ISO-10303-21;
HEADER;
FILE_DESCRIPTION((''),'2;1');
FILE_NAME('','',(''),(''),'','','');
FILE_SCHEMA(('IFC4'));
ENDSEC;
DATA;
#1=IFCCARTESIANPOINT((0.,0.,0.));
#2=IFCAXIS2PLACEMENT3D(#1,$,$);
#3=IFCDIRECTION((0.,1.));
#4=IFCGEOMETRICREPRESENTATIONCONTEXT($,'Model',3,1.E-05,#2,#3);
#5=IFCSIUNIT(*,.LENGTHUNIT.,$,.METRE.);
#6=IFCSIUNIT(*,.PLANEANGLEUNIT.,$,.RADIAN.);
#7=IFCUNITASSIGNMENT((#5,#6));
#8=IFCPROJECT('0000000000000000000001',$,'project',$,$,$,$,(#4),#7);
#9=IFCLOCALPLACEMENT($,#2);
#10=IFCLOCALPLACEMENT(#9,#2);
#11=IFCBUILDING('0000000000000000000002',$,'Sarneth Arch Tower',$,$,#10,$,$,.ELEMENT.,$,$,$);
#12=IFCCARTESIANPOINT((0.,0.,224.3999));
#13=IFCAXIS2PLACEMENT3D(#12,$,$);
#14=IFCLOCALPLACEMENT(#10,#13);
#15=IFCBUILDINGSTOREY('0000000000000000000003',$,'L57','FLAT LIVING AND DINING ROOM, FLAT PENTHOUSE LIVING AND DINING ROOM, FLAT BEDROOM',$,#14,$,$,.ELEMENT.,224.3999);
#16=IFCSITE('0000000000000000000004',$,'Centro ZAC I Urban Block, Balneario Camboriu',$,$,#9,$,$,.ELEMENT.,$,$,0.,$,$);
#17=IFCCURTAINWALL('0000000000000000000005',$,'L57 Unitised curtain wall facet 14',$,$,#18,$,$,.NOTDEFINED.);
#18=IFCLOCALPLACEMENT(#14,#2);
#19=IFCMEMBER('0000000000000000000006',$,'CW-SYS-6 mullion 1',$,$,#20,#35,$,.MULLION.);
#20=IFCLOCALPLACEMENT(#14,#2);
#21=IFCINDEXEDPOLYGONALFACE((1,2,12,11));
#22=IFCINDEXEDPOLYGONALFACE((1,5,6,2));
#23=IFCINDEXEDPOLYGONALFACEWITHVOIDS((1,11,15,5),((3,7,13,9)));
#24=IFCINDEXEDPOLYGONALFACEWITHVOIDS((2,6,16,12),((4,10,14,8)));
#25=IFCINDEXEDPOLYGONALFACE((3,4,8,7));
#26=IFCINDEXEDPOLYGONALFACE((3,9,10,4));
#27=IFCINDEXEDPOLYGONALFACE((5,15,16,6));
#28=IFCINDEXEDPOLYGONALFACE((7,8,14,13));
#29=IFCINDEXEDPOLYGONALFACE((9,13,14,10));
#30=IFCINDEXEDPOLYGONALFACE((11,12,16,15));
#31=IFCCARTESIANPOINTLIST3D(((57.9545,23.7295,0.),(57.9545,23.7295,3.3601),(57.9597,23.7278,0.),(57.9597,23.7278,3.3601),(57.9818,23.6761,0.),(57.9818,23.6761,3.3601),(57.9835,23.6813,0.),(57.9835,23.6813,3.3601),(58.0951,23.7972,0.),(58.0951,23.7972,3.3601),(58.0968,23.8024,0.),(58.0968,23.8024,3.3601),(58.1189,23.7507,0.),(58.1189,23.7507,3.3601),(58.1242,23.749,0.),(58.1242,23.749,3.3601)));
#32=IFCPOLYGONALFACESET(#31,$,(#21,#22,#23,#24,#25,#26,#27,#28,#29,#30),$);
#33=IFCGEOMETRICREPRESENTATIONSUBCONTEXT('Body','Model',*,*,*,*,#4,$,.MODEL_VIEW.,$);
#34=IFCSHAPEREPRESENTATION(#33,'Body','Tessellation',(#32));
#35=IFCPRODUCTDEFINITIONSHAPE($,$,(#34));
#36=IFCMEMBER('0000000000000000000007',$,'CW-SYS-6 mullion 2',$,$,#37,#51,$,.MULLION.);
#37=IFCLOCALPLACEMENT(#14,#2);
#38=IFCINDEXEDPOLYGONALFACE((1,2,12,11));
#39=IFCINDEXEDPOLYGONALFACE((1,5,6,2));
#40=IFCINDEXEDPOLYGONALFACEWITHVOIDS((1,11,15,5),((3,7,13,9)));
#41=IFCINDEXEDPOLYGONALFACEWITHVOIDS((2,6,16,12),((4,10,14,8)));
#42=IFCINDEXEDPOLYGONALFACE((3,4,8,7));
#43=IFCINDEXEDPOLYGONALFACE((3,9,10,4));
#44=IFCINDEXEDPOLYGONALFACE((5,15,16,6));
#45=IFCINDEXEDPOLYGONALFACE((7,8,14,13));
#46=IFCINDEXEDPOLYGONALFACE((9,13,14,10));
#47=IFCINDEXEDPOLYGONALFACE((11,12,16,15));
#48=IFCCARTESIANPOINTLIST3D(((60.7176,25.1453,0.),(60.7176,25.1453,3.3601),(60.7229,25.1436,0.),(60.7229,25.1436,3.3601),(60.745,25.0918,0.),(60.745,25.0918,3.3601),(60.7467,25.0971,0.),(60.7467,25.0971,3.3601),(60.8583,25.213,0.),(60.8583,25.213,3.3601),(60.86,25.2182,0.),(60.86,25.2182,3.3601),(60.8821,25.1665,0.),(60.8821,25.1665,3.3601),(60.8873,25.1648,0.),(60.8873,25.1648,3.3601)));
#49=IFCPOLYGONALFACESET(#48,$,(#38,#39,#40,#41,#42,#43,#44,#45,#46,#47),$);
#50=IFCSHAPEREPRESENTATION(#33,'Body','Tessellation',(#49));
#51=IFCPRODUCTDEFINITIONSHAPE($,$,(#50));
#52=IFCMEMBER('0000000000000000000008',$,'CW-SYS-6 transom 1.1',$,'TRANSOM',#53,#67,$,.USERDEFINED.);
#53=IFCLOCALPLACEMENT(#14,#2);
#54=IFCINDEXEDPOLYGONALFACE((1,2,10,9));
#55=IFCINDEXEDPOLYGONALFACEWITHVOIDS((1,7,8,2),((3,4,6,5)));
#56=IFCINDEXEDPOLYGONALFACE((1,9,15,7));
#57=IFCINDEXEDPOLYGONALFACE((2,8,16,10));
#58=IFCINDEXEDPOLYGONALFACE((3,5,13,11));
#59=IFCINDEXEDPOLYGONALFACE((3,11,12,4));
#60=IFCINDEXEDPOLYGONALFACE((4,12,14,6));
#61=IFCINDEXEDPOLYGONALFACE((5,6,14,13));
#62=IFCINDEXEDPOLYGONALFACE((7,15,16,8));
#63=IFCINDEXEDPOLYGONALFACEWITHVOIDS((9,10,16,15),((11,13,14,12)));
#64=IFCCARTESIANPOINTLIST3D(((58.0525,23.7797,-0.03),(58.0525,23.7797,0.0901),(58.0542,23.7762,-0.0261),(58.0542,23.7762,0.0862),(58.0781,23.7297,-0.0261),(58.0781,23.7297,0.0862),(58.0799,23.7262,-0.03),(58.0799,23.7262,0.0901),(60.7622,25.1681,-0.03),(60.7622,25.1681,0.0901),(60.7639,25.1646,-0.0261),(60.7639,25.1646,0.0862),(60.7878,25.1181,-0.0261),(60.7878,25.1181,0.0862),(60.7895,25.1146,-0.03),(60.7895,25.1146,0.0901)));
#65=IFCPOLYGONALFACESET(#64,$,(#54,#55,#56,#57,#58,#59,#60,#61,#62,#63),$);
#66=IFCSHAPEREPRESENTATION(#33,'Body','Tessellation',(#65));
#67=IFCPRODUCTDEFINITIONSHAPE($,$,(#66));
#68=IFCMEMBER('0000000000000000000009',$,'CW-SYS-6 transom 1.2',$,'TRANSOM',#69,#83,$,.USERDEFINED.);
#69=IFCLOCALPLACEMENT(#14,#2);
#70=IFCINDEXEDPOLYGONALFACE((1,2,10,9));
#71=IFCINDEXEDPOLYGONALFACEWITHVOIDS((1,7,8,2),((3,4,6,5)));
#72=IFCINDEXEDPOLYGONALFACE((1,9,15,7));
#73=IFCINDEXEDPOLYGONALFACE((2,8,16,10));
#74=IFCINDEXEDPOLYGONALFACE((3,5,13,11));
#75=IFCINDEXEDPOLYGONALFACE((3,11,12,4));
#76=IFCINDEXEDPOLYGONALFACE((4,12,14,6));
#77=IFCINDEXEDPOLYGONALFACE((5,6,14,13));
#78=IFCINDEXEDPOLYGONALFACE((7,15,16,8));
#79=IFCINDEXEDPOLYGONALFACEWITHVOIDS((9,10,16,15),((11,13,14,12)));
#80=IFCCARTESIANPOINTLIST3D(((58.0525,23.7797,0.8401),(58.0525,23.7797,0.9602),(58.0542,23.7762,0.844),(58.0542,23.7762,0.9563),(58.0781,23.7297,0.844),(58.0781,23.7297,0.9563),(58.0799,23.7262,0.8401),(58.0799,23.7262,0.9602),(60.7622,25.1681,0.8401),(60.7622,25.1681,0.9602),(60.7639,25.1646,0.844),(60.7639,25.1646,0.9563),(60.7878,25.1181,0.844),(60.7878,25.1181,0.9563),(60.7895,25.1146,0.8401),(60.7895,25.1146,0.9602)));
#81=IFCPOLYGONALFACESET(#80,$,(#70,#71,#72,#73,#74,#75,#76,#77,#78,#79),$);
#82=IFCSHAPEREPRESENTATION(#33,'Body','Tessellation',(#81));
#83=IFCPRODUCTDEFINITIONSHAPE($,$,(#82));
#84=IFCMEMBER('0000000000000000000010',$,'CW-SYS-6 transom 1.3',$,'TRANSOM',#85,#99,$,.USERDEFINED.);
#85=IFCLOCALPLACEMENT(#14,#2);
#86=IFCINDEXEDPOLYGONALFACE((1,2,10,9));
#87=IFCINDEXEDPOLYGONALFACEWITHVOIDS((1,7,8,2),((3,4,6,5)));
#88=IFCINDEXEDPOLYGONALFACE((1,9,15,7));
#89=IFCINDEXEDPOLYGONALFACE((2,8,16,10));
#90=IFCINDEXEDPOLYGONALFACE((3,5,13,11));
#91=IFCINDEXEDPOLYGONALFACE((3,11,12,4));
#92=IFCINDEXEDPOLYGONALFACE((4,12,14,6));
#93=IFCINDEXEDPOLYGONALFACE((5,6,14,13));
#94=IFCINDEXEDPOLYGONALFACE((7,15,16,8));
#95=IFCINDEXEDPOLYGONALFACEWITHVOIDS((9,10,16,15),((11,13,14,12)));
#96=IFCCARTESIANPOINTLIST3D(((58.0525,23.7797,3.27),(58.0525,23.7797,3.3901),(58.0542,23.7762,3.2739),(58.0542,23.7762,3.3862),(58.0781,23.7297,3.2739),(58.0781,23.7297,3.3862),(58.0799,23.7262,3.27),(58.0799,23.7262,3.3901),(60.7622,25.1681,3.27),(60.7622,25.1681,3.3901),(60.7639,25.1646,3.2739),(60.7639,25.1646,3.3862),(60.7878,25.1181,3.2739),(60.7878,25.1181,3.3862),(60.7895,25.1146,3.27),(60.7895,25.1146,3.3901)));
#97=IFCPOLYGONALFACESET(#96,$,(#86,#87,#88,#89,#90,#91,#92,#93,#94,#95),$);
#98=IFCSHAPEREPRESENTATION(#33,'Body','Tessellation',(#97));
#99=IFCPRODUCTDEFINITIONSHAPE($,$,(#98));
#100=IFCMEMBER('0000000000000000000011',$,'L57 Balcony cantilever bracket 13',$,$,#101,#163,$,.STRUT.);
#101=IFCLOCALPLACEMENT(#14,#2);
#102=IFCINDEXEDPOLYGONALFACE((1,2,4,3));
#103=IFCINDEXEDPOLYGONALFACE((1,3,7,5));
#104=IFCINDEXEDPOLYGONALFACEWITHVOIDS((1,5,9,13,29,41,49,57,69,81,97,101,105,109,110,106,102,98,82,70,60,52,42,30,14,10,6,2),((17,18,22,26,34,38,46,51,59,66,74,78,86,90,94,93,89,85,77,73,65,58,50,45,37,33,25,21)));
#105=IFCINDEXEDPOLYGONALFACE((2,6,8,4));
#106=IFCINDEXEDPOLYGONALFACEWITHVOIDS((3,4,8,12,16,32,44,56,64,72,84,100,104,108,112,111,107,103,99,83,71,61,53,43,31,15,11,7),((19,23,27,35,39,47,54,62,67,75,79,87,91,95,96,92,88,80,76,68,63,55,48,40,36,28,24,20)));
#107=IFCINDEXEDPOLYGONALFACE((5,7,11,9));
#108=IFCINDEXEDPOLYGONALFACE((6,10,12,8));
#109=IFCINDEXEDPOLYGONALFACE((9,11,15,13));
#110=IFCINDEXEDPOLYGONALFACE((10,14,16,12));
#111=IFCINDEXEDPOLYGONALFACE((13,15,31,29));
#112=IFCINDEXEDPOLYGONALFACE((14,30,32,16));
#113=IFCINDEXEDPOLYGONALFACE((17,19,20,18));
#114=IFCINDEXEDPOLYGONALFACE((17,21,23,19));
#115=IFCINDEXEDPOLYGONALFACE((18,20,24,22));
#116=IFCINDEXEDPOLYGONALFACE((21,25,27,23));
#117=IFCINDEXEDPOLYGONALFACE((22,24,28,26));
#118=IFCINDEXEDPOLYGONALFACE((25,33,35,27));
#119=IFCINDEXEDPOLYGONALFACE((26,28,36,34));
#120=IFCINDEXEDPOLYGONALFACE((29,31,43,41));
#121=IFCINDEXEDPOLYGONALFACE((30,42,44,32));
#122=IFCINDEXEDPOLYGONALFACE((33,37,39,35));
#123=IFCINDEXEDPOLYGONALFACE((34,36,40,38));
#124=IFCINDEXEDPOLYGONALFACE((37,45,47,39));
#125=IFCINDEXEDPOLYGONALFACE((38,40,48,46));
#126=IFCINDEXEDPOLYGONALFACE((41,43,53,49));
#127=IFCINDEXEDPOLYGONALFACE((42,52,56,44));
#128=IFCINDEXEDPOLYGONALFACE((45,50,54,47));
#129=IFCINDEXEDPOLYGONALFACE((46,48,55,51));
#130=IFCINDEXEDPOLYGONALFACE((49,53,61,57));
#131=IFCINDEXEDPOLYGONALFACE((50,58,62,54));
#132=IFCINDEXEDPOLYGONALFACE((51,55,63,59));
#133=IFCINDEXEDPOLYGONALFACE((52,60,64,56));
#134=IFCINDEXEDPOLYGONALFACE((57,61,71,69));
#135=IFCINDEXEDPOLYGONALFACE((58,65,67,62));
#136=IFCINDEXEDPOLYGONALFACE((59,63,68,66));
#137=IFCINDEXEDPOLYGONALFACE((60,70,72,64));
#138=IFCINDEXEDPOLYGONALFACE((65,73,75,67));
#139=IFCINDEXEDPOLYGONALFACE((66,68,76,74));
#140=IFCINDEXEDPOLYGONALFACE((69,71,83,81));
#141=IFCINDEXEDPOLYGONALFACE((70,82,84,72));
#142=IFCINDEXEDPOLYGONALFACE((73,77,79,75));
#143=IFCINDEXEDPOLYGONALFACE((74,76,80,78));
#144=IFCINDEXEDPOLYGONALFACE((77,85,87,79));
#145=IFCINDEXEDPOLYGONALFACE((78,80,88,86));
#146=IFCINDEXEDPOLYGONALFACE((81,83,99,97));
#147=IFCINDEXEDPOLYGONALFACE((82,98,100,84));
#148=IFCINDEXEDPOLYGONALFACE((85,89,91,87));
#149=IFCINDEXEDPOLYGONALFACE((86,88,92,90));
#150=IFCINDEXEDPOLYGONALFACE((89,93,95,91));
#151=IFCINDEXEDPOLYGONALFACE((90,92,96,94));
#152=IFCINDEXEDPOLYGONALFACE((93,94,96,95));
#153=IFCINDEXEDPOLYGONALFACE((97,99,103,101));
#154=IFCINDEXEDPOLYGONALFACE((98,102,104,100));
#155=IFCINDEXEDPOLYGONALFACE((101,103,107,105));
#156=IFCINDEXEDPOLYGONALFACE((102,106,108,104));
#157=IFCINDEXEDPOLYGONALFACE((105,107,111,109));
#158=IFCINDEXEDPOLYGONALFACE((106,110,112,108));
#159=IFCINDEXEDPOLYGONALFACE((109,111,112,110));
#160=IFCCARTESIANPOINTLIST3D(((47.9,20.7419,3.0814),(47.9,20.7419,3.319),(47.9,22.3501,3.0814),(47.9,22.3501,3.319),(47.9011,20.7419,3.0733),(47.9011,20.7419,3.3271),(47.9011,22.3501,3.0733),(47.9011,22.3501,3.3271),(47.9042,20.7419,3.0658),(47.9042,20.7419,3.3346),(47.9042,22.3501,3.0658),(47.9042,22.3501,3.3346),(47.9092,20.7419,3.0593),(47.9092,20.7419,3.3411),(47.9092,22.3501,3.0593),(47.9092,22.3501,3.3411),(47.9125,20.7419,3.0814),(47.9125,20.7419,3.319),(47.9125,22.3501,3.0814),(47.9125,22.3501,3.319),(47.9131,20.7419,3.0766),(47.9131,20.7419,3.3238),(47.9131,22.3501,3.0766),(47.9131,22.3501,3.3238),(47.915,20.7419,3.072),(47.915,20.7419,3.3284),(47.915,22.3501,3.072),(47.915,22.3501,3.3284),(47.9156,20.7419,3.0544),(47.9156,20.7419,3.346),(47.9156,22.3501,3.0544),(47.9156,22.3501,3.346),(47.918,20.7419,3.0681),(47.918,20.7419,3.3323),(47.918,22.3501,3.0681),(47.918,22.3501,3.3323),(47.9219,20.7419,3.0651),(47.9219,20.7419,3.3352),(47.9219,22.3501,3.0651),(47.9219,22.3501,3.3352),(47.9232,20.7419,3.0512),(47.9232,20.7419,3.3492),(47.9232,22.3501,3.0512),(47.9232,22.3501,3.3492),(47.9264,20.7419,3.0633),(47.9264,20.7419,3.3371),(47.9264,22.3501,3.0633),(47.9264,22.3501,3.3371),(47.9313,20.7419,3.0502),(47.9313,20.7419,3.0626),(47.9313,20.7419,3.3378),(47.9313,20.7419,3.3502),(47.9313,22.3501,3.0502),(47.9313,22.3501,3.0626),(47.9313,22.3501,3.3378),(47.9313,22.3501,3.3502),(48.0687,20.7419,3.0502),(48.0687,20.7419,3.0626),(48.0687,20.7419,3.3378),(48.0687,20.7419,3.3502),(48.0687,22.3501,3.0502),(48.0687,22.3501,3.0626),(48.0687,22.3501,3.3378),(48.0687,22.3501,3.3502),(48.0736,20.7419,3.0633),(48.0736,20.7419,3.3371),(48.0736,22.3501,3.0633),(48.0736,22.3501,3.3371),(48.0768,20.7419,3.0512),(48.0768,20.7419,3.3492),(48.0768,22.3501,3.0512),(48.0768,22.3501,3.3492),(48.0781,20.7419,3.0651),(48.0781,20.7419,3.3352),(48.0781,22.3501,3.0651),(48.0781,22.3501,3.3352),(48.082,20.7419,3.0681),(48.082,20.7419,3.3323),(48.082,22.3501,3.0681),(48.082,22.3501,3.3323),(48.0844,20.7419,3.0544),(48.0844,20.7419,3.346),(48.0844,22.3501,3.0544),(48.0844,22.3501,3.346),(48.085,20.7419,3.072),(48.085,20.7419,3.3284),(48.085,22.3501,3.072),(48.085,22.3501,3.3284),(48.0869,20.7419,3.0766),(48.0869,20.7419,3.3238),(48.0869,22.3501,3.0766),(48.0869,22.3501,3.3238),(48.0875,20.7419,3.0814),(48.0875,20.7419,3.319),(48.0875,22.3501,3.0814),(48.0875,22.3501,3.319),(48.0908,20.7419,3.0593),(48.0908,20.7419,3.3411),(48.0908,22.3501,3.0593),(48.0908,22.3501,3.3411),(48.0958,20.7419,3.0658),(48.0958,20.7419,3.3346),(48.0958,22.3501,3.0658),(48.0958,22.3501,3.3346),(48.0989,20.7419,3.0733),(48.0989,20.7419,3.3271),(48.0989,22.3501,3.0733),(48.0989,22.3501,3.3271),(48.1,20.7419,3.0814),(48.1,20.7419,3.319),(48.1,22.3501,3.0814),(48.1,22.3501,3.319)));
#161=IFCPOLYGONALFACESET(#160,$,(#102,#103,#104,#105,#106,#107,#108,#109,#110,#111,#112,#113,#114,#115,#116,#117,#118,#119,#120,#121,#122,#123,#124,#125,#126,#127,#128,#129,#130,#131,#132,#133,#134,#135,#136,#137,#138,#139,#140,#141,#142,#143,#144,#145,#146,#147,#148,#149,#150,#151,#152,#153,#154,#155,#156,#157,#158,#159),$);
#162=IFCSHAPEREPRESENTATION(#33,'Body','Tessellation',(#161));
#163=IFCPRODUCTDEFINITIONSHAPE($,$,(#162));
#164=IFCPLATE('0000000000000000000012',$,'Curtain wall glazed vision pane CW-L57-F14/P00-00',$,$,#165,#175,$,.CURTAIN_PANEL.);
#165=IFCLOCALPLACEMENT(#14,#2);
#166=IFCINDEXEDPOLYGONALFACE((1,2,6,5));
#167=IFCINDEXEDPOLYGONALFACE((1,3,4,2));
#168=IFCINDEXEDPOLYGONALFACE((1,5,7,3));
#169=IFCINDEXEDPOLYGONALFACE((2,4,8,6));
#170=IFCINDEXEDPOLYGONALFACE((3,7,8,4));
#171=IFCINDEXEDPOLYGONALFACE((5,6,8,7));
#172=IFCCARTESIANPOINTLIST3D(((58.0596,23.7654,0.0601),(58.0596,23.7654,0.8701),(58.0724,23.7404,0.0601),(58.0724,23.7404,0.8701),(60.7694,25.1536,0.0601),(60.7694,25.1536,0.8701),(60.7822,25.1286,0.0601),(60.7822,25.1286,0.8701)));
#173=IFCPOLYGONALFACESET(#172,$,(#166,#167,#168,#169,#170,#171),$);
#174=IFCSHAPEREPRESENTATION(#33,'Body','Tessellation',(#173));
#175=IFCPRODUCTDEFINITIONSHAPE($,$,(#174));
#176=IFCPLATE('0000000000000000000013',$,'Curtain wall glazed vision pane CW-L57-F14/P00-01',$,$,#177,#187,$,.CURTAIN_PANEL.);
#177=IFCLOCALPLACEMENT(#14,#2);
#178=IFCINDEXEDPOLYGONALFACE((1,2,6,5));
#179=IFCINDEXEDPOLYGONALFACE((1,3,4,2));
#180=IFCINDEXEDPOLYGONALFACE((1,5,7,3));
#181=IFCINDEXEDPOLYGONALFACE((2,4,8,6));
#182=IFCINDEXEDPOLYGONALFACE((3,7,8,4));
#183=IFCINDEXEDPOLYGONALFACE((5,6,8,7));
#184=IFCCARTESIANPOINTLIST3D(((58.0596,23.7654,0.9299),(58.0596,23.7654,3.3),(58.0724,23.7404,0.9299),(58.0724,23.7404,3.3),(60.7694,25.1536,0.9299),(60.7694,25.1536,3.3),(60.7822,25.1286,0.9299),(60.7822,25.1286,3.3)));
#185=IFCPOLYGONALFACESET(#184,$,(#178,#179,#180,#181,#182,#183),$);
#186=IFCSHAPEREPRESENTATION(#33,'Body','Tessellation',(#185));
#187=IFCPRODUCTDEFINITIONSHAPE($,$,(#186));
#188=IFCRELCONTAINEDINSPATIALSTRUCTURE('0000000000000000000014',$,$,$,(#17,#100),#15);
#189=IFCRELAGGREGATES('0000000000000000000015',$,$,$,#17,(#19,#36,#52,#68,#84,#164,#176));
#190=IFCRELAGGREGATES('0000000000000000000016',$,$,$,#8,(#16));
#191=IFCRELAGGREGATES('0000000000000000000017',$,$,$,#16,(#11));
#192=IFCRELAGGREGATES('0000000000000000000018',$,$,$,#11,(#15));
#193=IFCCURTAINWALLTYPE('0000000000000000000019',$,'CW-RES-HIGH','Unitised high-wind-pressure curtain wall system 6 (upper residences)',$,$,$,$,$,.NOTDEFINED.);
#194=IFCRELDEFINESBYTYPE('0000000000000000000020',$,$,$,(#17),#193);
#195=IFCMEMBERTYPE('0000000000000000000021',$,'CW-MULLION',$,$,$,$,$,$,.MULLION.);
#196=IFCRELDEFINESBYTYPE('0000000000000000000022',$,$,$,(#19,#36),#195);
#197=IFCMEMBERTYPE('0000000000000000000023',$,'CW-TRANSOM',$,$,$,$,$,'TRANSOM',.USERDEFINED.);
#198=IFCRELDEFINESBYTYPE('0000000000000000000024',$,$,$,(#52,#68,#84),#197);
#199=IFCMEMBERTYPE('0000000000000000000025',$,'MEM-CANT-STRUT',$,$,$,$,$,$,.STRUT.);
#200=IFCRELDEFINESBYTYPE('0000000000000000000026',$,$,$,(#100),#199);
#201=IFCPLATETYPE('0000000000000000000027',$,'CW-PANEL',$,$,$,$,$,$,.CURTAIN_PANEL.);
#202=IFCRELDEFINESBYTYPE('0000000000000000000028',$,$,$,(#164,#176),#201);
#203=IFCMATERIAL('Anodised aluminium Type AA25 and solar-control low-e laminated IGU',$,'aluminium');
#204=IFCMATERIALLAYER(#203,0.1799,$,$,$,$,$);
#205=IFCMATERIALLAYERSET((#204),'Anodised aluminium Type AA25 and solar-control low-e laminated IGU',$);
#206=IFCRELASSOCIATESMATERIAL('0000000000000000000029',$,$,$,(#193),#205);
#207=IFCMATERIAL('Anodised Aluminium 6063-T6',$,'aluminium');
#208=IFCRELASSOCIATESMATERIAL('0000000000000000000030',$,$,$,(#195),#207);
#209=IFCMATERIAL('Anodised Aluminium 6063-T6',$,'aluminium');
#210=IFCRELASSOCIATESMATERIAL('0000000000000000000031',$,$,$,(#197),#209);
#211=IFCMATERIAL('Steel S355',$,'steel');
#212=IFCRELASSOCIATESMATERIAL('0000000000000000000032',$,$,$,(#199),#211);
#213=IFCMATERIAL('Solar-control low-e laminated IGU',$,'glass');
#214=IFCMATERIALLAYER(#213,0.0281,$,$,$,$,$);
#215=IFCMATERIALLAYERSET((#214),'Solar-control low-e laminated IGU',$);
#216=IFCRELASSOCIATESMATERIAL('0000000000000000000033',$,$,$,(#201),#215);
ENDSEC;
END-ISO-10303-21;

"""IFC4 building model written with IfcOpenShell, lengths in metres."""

from ifc_helpers import new_model, si_unit, direction, frame, origin, origin_2d, place, context, subcontext, project, spatial, rectangle, hollow_rectangle, extrude, material, layer, layer_set, material_profile, profile_set, type_object, element, aggregate, save


model = new_model("IFC4")

# Units and contexts
model_context = context("Model", 3, precision=1e-05, world=origin(), true_north=direction((0.0, 1.0)))
body_context = subcontext(model_context, "Body", "Model", "MODEL_VIEW")
ifc_project = project(units=[si_unit("LENGTHUNIT", "METRE"), si_unit("PLANEANGLEUNIT", "RADIAN")], contexts=[model_context])

# Site, building, storey
site_placement = place(None, origin())
site = spatial("IfcSite", under=ifc_project, at=site_placement, Name="Centro ZAC I Urban Block, Balneario Camboriu", CompositionType="ELEMENT", RefElevation=0.0)
building_placement = place(site_placement, origin())
building = spatial("IfcBuilding", under=site, at=building_placement, Name="Sarneth Arch Tower", CompositionType="ELEMENT")
storey_placement = place(building_placement, frame((0.0, 0.0, 224.3999)))
storey = spatial("IfcBuildingStorey", under=building, at=storey_placement, Name="L57", Description="FLAT LIVING AND DINING ROOM, FLAT PENTHOUSE LIVING AND DINING ROOM, FLAT BEDROOM", CompositionType="ELEMENT", Elevation=224.3999)

# Curtain wall, members
ifc_material_1 = material(Name="Anodised aluminium Type AA25 and solar-control low-e laminated IGU", Category="aluminium")
ifc_layer_1 = layer(ifc_material_1, 0.1799)
ifc_layer_set_1 = layer_set([ifc_layer_1], Name="Anodised aluminium Type AA25 and solar-control low-e laminated IGU")
curtain_wall_type = type_object("IfcCurtainWallType", Name="CW-RES-HIGH", Description="Unitised high-wind-pressure curtain wall system 6 (upper residences)", PredefinedType="NOTDEFINED", material=ifc_layer_set_1)
curtain_wall_placement = place(storey_placement, origin())
curtain_wall = element("IfcCurtainWall", 1, at=curtain_wall_placement, inside=storey, type_object=curtain_wall_type, Name="L57 Unitised curtain wall facet 14", PredefinedType="NOTDEFINED")
ifc_material_2 = material(Name="Anodised Aluminium 6063-T6", Category="aluminium")
ifc_material_profile_1 = material_profile(ifc_material_2, hollow_rectangle(XDim=0.0601, YDim=0.1599, WallThickness=0.0039, at=origin_2d()), Name="AL-MULL-160x60x4")
ifc_profile_set_1 = profile_set([ifc_material_profile_1], Name="Anodised Aluminium 6063-T6")
member_type_1 = type_object("IfcMemberType", Name="CW-MULLION", PredefinedType="MULLION", material=ifc_profile_set_1)
member_1_placement = place(storey_placement, frame((58.0393, 23.7393, 0.0), z_axis=(0.0, 0.0, 1.0), x_axis=(-0.455942, 0.89001, 0.0)))
member_1 = element("IfcMember", 2, at=member_1_placement, type_object=member_type_1, Name="CW-SYS-6 mullion 1", PredefinedType="MULLION", context=body_context, shape_type="SweptSolid", body=[
    extrude(hollow_rectangle(XDim=0.0601, YDim=0.1599, WallThickness=0.0039, at=origin_2d()), origin(), (0.0, 0.0, 1.0), 3.3601),
])
member_2_placement = place(storey_placement, frame((60.8025, 25.155, 0.0), z_axis=(0.0, 0.0, 1.0), x_axis=(-0.455942, 0.89001, 0.0)))
member_2 = element("IfcMember", 3, at=member_2_placement, type_object=member_type_1, Name="CW-SYS-6 mullion 2", PredefinedType="MULLION", context=body_context, shape_type="SweptSolid", body=[
    extrude(hollow_rectangle(XDim=0.0601, YDim=0.1599, WallThickness=0.0039, at=origin_2d()), origin(), (0.0, 0.0, 1.0), 3.3601),
])
ifc_material_3 = material(Name="Anodised Aluminium 6063-T6", Category="aluminium")
ifc_material_profile_2 = material_profile(ifc_material_3, hollow_rectangle(XDim=0.0601, YDim=0.1201, WallThickness=0.0039, at=origin_2d()), Name="AL-TRAN-120x60x4")
ifc_profile_set_2 = profile_set([ifc_material_profile_2], Name="Anodised Aluminium 6063-T6")
member_type_2 = type_object("IfcMemberType", Name="CW-TRANSOM", ElementType="TRANSOM", PredefinedType="USERDEFINED", material=ifc_profile_set_2)
member_3_placement = place(storey_placement, frame((58.0662, 23.7529, 0.03), z_axis=(0.889974, 0.456012, 0.0), x_axis=(-0.456012, 0.889974, 0.0)))
member_3 = element("IfcMember", 4, at=member_3_placement, type_object=member_type_2, Name="CW-SYS-6 transom 1.1", ObjectType="TRANSOM", PredefinedType="USERDEFINED", context=body_context, shape_type="SweptSolid", body=[
    extrude(hollow_rectangle(XDim=0.0601, YDim=0.1201, WallThickness=0.0039, at=origin_2d()), origin(), (0.0, 0.0, 1.0), 3.0447),
])
member_4_placement = place(storey_placement, frame((58.0662, 23.7529, 0.9001), z_axis=(0.889974, 0.456012, 0.0), x_axis=(-0.456012, 0.889974, 0.0)))
member_4 = element("IfcMember", 5, at=member_4_placement, type_object=member_type_2, Name="CW-SYS-6 transom 1.2", ObjectType="TRANSOM", PredefinedType="USERDEFINED", context=body_context, shape_type="SweptSolid", body=[
    extrude(hollow_rectangle(XDim=0.0601, YDim=0.1201, WallThickness=0.0039, at=origin_2d()), origin(), (0.0, 0.0, 1.0), 3.0447),
])
member_5_placement = place(storey_placement, frame((58.0662, 23.7529, 3.3301), z_axis=(0.889974, 0.456012, 0.0), x_axis=(-0.456012, 0.889974, 0.0)))
member_5 = element("IfcMember", 6, at=member_5_placement, type_object=member_type_2, Name="CW-SYS-6 transom 1.3", ObjectType="TRANSOM", PredefinedType="USERDEFINED", context=body_context, shape_type="SweptSolid", body=[
    extrude(hollow_rectangle(XDim=0.0601, YDim=0.1201, WallThickness=0.0039, at=origin_2d()), origin(), (0.0, 0.0, 1.0), 3.0447),
])

# Member
ifc_material_4 = material(Name="Steel S355", Category="steel")
ifc_material_profile_3 = material_profile(ifc_material_4, hollow_rectangle(XDim=0.2, YDim=0.3, WallThickness=0.0125, InnerFilletRadius=0.0188, OuterFilletRadius=0.0312, at=origin_2d()), Name="RHS300x200x12.5")
ifc_profile_set_3 = profile_set([ifc_material_profile_3], Name="Steel S355")
member_type_3 = type_object("IfcMemberType", Name="MEM-CANT-STRUT", PredefinedType="STRUT", material=ifc_profile_set_3)
member_6_placement = place(storey_placement, frame((48.0, 22.3501, 3.2002), z_axis=(0.0, -1.0, 0.0), x_axis=(1.0, 0.0, 0.0)))
element("IfcMember", 7, at=member_6_placement, inside=storey, type_object=member_type_3, Name="L57 Balcony cantilever bracket 13", PredefinedType="STRUT", context=body_context, shape_type="SweptSolid", body=[
    extrude(hollow_rectangle(XDim=0.2, YDim=0.3, WallThickness=0.0125, InnerFilletRadius=0.0188, OuterFilletRadius=0.0312, at=origin_2d()), origin(), (0.0, 0.0, 1.0), 1.6082),
])

# Plates
ifc_material_5 = material(Name="Solar-control low-e laminated IGU", Category="glass")
ifc_layer_2 = layer(ifc_material_5, 0.0281)
ifc_layer_set_2 = layer_set([ifc_layer_2], Name="Solar-control low-e laminated IGU")
plate_type_1 = type_object("IfcPlateType", Name="CW-PANEL", PredefinedType="CURTAIN_PANEL", material=ifc_layer_set_2)
plate_1_placement = place(storey_placement, frame((59.4209, 24.447, 0.0601), z_axis=(0.0, 0.0, 1.0), x_axis=(0.89001, 0.455942, 0.0)))
plate_1 = element("IfcPlate", 8, at=plate_1_placement, type_object=plate_type_1, Name="Curtain wall glazed vision pane CW-L57-F14/P00-00", PredefinedType="CURTAIN_PANEL", context=body_context, shape_type="SweptSolid", body=[
    extrude(rectangle(XDim=3.0447, YDim=0.0281, at=origin_2d()), origin(), (0.0, 0.0, 1.0), 0.8101),
])
plate_2_placement = place(storey_placement, frame((59.4209, 24.447, 0.9299), z_axis=(0.0, 0.0, 1.0), x_axis=(0.89001, 0.455942, 0.0)))
plate_2 = element("IfcPlate", 9, at=plate_2_placement, type_object=plate_type_1, Name="Curtain wall glazed vision pane CW-L57-F14/P00-01", PredefinedType="CURTAIN_PANEL", context=body_context, shape_type="SweptSolid", body=[
    extrude(rectangle(XDim=3.0447, YDim=0.0281, at=origin_2d()), origin(), (0.0, 0.0, 1.0), 2.3701),
])
aggregate(curtain_wall, [member_1, member_2, member_3, member_4, member_5, plate_1, plate_2])

save(model, "model.ifc")
